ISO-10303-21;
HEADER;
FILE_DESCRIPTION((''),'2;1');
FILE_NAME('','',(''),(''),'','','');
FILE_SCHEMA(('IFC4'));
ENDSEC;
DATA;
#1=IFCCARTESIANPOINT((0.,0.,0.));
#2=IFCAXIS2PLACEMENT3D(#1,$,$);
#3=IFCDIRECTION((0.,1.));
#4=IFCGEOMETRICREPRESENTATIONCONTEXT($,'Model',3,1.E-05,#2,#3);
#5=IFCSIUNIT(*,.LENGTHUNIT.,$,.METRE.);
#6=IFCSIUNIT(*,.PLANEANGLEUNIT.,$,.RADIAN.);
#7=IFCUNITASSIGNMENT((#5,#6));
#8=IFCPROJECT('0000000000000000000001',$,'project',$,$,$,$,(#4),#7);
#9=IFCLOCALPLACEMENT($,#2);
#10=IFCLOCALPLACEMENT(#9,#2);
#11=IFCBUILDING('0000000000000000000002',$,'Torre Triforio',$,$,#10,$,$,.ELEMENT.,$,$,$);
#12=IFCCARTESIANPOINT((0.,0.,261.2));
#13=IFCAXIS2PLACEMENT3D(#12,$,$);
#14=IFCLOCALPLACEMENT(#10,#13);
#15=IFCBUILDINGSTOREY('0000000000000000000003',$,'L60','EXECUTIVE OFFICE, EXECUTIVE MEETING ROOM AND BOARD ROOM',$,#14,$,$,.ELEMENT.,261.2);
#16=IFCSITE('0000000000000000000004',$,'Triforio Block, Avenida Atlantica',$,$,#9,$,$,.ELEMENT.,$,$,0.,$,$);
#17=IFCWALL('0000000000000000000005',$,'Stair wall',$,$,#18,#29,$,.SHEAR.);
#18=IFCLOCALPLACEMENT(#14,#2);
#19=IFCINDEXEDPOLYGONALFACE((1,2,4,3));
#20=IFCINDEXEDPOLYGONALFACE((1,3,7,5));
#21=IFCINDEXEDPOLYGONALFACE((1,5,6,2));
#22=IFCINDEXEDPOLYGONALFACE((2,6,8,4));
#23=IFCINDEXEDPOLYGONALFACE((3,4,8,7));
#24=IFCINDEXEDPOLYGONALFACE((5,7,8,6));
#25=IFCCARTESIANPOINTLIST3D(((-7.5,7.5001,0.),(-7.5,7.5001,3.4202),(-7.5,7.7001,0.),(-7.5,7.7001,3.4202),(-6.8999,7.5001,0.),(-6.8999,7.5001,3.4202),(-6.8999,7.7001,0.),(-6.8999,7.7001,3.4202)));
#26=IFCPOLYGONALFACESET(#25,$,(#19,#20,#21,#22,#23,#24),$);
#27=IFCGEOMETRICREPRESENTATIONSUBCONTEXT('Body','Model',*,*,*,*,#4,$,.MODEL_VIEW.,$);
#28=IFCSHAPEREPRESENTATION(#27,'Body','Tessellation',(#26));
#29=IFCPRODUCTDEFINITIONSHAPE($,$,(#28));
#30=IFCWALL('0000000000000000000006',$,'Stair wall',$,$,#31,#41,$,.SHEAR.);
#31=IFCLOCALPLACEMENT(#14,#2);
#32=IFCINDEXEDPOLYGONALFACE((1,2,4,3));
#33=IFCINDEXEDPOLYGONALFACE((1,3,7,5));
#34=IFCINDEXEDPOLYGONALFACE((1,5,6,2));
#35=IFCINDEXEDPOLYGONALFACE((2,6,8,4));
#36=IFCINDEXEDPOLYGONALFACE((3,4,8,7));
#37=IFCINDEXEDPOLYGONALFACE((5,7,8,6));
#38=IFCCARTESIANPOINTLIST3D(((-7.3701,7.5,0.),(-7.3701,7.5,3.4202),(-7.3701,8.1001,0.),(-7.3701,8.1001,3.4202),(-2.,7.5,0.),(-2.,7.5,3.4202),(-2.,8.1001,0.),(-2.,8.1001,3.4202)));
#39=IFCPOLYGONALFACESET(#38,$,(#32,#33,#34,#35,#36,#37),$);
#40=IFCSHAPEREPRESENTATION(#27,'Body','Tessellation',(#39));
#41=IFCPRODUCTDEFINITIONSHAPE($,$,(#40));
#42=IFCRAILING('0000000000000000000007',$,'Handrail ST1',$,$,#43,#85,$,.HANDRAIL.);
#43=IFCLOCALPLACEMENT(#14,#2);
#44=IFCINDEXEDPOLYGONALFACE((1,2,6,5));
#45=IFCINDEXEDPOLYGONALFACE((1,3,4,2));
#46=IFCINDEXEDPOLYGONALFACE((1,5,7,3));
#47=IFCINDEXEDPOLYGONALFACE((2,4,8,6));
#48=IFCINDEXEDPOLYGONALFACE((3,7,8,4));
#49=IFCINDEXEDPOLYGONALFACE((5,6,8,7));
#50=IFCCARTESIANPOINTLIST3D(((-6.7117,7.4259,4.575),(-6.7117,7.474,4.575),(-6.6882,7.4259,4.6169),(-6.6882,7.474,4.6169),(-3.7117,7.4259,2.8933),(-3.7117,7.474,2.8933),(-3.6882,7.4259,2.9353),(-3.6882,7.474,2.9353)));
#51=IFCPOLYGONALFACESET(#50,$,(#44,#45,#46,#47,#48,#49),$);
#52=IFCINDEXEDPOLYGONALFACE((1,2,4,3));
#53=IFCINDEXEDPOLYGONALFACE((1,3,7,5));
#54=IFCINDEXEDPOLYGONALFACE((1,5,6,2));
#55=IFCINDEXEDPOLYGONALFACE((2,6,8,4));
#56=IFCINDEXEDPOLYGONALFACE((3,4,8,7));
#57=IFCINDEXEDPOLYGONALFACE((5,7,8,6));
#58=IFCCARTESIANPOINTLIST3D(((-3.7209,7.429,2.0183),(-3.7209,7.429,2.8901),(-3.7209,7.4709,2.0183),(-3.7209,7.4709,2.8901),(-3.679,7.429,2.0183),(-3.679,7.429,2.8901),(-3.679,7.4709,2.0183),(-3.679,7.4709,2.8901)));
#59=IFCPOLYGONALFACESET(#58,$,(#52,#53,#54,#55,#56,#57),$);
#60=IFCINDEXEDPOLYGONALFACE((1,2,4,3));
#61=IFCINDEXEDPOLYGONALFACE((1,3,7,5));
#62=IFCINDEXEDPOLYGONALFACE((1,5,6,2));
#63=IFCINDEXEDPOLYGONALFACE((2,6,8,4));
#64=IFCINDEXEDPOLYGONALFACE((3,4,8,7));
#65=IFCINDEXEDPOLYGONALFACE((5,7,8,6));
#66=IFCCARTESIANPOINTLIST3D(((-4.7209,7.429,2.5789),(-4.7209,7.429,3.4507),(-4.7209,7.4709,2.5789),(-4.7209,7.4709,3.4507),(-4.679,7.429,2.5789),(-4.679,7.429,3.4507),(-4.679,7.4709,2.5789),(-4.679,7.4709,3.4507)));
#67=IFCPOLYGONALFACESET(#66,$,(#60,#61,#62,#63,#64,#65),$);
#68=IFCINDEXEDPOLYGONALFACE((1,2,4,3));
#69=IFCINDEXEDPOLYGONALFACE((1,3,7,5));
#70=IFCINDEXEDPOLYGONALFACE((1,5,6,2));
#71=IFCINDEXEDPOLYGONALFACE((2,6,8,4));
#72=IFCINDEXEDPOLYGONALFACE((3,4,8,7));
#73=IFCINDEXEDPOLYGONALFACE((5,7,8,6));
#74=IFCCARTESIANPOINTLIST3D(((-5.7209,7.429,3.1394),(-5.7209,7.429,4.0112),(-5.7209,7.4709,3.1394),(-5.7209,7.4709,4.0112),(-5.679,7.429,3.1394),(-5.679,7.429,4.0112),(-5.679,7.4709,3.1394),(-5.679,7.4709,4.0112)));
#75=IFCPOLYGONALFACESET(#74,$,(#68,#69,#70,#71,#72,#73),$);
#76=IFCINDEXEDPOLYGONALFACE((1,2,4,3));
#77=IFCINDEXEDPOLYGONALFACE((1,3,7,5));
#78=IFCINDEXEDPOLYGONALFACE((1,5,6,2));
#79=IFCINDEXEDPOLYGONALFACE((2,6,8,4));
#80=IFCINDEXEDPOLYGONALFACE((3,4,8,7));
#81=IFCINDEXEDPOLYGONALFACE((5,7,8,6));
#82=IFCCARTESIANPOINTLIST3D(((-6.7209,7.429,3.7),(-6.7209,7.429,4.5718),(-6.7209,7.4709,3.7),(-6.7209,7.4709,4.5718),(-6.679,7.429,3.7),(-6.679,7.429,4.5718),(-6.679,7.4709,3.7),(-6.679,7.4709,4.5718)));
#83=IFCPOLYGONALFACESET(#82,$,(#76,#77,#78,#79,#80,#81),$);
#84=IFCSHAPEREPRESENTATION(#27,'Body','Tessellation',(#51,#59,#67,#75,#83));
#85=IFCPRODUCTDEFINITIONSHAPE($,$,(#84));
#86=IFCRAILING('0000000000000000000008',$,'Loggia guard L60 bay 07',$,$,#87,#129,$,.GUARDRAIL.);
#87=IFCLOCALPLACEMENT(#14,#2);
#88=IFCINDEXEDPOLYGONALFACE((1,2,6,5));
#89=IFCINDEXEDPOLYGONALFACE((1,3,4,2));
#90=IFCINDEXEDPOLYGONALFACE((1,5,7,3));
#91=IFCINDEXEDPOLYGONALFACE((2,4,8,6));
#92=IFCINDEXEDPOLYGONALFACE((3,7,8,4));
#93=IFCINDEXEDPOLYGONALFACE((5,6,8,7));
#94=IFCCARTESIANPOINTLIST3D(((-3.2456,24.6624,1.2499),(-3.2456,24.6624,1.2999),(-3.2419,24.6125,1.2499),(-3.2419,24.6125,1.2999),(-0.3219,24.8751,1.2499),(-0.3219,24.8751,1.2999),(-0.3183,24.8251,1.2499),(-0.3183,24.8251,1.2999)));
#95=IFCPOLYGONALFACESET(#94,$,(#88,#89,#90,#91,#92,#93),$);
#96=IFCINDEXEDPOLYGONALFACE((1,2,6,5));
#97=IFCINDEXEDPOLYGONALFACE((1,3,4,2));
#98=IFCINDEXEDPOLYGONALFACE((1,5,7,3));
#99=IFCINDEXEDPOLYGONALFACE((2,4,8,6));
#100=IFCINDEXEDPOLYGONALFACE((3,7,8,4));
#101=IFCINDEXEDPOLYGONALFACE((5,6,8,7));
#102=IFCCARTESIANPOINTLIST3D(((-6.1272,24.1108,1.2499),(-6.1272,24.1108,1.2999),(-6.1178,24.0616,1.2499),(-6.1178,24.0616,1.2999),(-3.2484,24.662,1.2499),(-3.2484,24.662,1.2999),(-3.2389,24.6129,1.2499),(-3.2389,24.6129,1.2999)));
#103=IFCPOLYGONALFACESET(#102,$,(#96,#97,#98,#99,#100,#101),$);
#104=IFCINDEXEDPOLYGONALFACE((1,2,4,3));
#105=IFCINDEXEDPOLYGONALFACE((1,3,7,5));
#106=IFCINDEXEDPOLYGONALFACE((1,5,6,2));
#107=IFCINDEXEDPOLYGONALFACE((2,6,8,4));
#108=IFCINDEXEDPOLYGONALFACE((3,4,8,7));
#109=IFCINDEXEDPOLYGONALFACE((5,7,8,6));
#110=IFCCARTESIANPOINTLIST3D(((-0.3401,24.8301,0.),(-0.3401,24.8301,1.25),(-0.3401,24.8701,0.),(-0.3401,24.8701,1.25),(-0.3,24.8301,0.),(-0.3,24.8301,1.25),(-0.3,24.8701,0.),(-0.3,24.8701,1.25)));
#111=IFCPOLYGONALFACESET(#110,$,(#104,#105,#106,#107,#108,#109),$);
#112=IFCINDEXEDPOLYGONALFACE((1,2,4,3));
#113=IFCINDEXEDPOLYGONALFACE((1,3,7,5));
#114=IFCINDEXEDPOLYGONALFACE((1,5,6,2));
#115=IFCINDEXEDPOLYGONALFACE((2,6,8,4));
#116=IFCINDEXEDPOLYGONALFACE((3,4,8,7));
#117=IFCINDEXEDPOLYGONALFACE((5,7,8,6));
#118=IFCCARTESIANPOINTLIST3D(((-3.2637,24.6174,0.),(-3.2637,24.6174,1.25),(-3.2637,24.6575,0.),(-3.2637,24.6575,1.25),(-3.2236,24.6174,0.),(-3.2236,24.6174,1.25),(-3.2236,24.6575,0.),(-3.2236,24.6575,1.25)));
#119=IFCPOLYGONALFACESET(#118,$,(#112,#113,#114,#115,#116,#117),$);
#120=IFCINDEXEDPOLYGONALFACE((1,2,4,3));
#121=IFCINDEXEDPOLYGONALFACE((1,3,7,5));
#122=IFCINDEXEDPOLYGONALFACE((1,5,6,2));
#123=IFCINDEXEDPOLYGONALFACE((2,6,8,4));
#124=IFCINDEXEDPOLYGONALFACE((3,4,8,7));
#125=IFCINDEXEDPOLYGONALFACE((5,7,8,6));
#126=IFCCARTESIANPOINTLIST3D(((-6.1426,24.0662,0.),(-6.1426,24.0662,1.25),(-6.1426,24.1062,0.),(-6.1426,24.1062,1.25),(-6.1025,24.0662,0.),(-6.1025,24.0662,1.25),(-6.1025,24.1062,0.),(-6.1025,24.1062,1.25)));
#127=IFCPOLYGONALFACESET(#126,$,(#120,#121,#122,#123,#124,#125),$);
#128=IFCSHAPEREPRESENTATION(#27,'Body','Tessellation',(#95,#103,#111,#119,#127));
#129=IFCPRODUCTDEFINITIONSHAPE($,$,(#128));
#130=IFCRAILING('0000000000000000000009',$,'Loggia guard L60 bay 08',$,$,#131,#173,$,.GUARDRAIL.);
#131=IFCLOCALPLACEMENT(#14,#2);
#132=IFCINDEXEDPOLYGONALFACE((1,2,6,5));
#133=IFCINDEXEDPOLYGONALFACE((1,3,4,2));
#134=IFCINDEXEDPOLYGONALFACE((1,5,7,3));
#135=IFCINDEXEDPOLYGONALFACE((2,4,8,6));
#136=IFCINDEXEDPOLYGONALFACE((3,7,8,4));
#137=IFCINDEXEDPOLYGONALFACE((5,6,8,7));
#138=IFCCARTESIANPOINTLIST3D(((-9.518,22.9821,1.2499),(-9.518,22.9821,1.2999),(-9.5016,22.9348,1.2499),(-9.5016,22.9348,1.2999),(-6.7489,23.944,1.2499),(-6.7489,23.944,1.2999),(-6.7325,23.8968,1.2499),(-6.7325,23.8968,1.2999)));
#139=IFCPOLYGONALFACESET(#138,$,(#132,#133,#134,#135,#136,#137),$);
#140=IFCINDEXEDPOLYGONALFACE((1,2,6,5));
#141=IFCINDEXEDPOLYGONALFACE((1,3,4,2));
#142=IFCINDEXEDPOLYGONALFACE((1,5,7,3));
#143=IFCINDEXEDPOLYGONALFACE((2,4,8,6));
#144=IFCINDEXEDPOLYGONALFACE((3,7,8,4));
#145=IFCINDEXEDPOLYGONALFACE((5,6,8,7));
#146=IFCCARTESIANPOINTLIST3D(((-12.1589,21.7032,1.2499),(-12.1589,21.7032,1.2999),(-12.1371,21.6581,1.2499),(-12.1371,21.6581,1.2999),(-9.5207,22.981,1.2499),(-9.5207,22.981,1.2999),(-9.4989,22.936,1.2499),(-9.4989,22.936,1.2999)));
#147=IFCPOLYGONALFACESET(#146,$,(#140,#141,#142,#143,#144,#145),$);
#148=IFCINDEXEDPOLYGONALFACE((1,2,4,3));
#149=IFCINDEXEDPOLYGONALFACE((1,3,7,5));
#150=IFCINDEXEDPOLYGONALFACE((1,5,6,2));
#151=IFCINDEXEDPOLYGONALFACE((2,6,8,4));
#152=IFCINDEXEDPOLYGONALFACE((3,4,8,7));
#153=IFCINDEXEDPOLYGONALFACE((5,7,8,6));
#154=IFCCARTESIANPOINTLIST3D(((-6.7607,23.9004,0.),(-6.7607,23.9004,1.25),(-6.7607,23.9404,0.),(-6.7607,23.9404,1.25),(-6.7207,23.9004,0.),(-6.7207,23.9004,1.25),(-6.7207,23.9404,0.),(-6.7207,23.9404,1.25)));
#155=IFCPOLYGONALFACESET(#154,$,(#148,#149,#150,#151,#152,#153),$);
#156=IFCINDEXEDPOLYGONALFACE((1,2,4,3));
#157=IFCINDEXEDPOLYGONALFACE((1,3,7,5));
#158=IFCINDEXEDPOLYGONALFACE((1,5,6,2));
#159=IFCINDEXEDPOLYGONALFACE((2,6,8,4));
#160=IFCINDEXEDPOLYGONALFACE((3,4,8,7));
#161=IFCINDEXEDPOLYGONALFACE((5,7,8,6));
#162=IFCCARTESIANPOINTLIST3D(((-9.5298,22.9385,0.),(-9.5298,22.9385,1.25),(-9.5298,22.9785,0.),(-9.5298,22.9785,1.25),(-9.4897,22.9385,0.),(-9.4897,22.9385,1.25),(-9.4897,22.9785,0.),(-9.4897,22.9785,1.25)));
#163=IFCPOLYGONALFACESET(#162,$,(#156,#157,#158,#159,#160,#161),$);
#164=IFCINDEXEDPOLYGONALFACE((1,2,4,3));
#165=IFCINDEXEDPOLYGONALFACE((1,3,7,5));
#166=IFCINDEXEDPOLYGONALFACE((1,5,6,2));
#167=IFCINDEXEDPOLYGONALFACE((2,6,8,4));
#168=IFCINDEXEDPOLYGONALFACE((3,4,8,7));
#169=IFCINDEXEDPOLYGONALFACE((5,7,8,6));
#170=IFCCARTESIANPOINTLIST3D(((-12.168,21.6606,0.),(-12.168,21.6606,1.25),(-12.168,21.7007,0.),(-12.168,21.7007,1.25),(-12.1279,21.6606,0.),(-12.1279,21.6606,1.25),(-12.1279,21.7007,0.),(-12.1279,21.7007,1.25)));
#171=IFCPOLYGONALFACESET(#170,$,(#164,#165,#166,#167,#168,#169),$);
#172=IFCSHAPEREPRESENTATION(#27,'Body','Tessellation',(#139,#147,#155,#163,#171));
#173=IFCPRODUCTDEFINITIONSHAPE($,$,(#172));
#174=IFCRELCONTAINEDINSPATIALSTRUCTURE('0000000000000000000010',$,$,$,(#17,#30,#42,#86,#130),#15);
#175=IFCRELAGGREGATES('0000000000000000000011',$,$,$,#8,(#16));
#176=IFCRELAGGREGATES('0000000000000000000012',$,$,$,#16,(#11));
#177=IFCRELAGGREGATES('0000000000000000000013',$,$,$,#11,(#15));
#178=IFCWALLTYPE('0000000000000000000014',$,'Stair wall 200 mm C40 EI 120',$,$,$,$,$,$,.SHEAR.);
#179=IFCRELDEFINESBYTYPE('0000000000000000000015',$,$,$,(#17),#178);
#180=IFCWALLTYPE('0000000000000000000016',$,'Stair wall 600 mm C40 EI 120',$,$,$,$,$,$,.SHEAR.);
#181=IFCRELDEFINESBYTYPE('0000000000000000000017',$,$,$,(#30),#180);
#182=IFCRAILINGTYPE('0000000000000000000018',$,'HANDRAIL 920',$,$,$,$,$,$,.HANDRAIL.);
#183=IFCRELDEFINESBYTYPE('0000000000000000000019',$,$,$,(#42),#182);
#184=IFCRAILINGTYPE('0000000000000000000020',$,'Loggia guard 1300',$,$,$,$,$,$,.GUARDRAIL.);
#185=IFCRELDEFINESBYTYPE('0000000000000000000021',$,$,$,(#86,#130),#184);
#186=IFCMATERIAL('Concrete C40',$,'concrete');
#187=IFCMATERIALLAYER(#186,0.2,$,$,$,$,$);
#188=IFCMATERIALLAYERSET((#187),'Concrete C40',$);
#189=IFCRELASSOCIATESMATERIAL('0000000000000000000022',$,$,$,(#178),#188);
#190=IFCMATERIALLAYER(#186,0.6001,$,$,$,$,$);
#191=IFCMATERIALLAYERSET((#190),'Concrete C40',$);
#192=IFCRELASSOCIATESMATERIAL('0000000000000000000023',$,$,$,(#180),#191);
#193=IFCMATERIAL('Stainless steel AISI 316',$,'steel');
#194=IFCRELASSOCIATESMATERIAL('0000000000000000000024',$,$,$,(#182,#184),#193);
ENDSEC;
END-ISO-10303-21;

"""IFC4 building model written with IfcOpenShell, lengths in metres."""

from ifc_helpers import new_model, si_unit, direction, frame, frame_2d, origin, origin_2d, place, context, subcontext, project, spatial, rectangle, extrude, material, layer, layer_set, type_object, element, save


model = new_model("IFC4")

# Units and contexts
model_context = context("Model", 3, precision=1e-05, world=origin(), true_north=direction((0.0, 1.0)))
body_context = subcontext(model_context, "Body", "Model", "MODEL_VIEW")
ifc_project = project(units=[si_unit("LENGTHUNIT", "METRE"), si_unit("PLANEANGLEUNIT", "RADIAN")], contexts=[model_context])

# Site, building, storey
site_placement = place(None, origin())
site = spatial("IfcSite", under=ifc_project, at=site_placement, Name="Triforio Block, Avenida Atlantica", CompositionType="ELEMENT", RefElevation=0.0)
building_placement = place(site_placement, origin())
building = spatial("IfcBuilding", under=site, at=building_placement, Name="Torre Triforio", CompositionType="ELEMENT")
storey_placement = place(building_placement, frame((0.0, 0.0, 261.2)))
storey = spatial("IfcBuildingStorey", under=building, at=storey_placement, Name="L60", Description="EXECUTIVE OFFICE, EXECUTIVE MEETING ROOM AND BOARD ROOM", CompositionType="ELEMENT", Elevation=261.2)

# Shared definitions
ifc_material_1 = material(Name="Concrete C40", Category="concrete")

# Walls
ifc_layer_1 = layer(ifc_material_1, 0.2)
ifc_layer_set_1 = layer_set([ifc_layer_1], Name="Concrete C40")
wall_type_1 = type_object("IfcWallType", Name="Stair wall 200 mm C40 EI 120", PredefinedType="SHEAR", material=ifc_layer_set_1)
wall_1_placement = place(storey_placement, frame((-7.5, 7.6001, 0.0), z_axis=(0.0, 0.0, 1.0), x_axis=(1.0, 0.0, 0.0)))
element("IfcWall", 1, at=wall_1_placement, inside=storey, type_object=wall_type_1, Name="Stair wall", PredefinedType="SHEAR", context=body_context, shape_type="SweptSolid", body=[
    extrude(rectangle(XDim=0.6001, YDim=0.2, at=frame_2d((0.3, 0.0))), origin(), (0.0, 0.0, 1.0), 3.4202),
])
ifc_layer_2 = layer(ifc_material_1, 0.6001)
ifc_layer_set_2 = layer_set([ifc_layer_2], Name="Concrete C40")
wall_type_2 = type_object("IfcWallType", Name="Stair wall 600 mm C40 EI 120", PredefinedType="SHEAR", material=ifc_layer_set_2)
wall_2_placement = place(storey_placement, frame((-7.3701, 7.8, 0.0), z_axis=(0.0, 0.0, 1.0), x_axis=(1.0, 0.0, 0.0)))
element("IfcWall", 2, at=wall_2_placement, inside=storey, type_object=wall_type_2, Name="Stair wall", PredefinedType="SHEAR", context=body_context, shape_type="SweptSolid", body=[
    extrude(rectangle(XDim=5.3701, YDim=0.6001, at=frame_2d((2.6851, 0.0))), origin(), (0.0, 0.0, 1.0), 3.4202),
])

# Railings
ifc_material_2 = material(Name="Stainless steel AISI 316", Category="steel")
railing_type_1 = type_object("IfcRailingType", Name="HANDRAIL 920", PredefinedType="HANDRAIL", material=ifc_material_2)
railing_1_placement = place(storey_placement, frame((-3.7, 7.45, 2.0183)))
element("IfcRailing", 3, at=railing_1_placement, inside=storey, type_object=railing_type_1, Name="Handrail ST1", PredefinedType="HANDRAIL", context=body_context, shape_type="SweptSolid", body=[
    extrude(rectangle(XDim=0.0481, YDim=0.0481, at=origin_2d()), frame((0.0, 0.0, 0.896), z_axis=(-0.872303, 0.0, 0.488966), x_axis=(0.0, -1.0, 0.0)), (0.0, 0.0, 1.0), 3.4392),
    extrude(rectangle(XDim=0.042, YDim=0.042, at=origin_2d()), origin(), (0.0, 0.0, 1.0), 0.8718),
    extrude(rectangle(XDim=0.042, YDim=0.042, at=origin_2d()), frame((-1.0, 0.0, 0.5605)), (0.0, 0.0, 1.0), 0.8718),
    extrude(rectangle(XDim=0.042, YDim=0.042, at=origin_2d()), frame((-2.0, 0.0, 1.1211)), (0.0, 0.0, 1.0), 0.8718),
    extrude(rectangle(XDim=0.042, YDim=0.042, at=origin_2d()), frame((-3.0, 0.0, 1.6816)), (0.0, 0.0, 1.0), 0.8718),
])
railing_type_2 = type_object("IfcRailingType", Name="Loggia guard 1300", PredefinedType="GUARDRAIL", material=ifc_material_2)
railing_2_placement = place(storey_placement, frame((-0.3201, 24.8501, 0.0)))
element("IfcRailing", 4, at=railing_2_placement, inside=storey, type_object=railing_type_2, Name="Loggia guard L60 bay 07", PredefinedType="GUARDRAIL", context=body_context, shape_type="SweptSolid", body=[
    extrude(rectangle(XDim=0.05, YDim=0.05, at=origin_2d()), frame((0.0, 0.0, 1.2749), z_axis=(-0.997365, -0.072543, 0.0), x_axis=(0.072543, -0.997365, 0.0)), (0.0, 0.0, 1.0), 2.9314),
    extrude(rectangle(XDim=0.05, YDim=0.05, at=origin_2d()), frame((-2.9236, -0.2126, 1.2749), z_axis=(-0.982156, -0.188069, 0.0), x_axis=(0.188069, -0.982156, 0.0)), (0.0, 0.0, 1.0), 2.9312),
    extrude(rectangle(XDim=0.04, YDim=0.04, at=origin_2d()), origin(), (0.0, 0.0, 1.0), 1.25),
    extrude(rectangle(XDim=0.04, YDim=0.04, at=origin_2d()), frame((-2.9236, -0.2126, 0.0)), (0.0, 0.0, 1.0), 1.25),
    extrude(rectangle(XDim=0.04, YDim=0.04, at=origin_2d()), frame((-5.8025, -0.7639, 0.0)), (0.0, 0.0, 1.0), 1.25),
])
railing_3_placement = place(storey_placement, frame((-6.7407, 23.9204, 0.0)))
element("IfcRailing", 5, at=railing_3_placement, inside=storey, type_object=railing_type_2, Name="Loggia guard L60 bay 08", PredefinedType="GUARDRAIL", context=body_context, shape_type="SweptSolid", body=[
    extrude(rectangle(XDim=0.05, YDim=0.05, at=origin_2d()), frame((0.0, 0.0, 1.2749), z_axis=(-0.944627, -0.328146, 0.0), x_axis=(0.328146, -0.944627, 0.0)), (0.0, 0.0, 1.0), 2.9314),
    extrude(rectangle(XDim=0.05, YDim=0.05, at=origin_2d()), frame((-2.769, -0.9619, 1.2749), z_axis=(-0.899986, -0.435918, 0.0), x_axis=(0.435918, -0.899986, 0.0)), (0.0, 0.0, 1.0), 2.9314),
    extrude(rectangle(XDim=0.04, YDim=0.04, at=origin_2d()), origin(), (0.0, 0.0, 1.0), 1.25),
    extrude(rectangle(XDim=0.04, YDim=0.04, at=origin_2d()), frame((-2.769, -0.9619, 0.0)), (0.0, 0.0, 1.0), 1.25),
    extrude(rectangle(XDim=0.04, YDim=0.04, at=origin_2d()), frame((-5.4072, -2.2397, 0.0)), (0.0, 0.0, 1.0), 1.25),
])

save(model, "model.ifc")
